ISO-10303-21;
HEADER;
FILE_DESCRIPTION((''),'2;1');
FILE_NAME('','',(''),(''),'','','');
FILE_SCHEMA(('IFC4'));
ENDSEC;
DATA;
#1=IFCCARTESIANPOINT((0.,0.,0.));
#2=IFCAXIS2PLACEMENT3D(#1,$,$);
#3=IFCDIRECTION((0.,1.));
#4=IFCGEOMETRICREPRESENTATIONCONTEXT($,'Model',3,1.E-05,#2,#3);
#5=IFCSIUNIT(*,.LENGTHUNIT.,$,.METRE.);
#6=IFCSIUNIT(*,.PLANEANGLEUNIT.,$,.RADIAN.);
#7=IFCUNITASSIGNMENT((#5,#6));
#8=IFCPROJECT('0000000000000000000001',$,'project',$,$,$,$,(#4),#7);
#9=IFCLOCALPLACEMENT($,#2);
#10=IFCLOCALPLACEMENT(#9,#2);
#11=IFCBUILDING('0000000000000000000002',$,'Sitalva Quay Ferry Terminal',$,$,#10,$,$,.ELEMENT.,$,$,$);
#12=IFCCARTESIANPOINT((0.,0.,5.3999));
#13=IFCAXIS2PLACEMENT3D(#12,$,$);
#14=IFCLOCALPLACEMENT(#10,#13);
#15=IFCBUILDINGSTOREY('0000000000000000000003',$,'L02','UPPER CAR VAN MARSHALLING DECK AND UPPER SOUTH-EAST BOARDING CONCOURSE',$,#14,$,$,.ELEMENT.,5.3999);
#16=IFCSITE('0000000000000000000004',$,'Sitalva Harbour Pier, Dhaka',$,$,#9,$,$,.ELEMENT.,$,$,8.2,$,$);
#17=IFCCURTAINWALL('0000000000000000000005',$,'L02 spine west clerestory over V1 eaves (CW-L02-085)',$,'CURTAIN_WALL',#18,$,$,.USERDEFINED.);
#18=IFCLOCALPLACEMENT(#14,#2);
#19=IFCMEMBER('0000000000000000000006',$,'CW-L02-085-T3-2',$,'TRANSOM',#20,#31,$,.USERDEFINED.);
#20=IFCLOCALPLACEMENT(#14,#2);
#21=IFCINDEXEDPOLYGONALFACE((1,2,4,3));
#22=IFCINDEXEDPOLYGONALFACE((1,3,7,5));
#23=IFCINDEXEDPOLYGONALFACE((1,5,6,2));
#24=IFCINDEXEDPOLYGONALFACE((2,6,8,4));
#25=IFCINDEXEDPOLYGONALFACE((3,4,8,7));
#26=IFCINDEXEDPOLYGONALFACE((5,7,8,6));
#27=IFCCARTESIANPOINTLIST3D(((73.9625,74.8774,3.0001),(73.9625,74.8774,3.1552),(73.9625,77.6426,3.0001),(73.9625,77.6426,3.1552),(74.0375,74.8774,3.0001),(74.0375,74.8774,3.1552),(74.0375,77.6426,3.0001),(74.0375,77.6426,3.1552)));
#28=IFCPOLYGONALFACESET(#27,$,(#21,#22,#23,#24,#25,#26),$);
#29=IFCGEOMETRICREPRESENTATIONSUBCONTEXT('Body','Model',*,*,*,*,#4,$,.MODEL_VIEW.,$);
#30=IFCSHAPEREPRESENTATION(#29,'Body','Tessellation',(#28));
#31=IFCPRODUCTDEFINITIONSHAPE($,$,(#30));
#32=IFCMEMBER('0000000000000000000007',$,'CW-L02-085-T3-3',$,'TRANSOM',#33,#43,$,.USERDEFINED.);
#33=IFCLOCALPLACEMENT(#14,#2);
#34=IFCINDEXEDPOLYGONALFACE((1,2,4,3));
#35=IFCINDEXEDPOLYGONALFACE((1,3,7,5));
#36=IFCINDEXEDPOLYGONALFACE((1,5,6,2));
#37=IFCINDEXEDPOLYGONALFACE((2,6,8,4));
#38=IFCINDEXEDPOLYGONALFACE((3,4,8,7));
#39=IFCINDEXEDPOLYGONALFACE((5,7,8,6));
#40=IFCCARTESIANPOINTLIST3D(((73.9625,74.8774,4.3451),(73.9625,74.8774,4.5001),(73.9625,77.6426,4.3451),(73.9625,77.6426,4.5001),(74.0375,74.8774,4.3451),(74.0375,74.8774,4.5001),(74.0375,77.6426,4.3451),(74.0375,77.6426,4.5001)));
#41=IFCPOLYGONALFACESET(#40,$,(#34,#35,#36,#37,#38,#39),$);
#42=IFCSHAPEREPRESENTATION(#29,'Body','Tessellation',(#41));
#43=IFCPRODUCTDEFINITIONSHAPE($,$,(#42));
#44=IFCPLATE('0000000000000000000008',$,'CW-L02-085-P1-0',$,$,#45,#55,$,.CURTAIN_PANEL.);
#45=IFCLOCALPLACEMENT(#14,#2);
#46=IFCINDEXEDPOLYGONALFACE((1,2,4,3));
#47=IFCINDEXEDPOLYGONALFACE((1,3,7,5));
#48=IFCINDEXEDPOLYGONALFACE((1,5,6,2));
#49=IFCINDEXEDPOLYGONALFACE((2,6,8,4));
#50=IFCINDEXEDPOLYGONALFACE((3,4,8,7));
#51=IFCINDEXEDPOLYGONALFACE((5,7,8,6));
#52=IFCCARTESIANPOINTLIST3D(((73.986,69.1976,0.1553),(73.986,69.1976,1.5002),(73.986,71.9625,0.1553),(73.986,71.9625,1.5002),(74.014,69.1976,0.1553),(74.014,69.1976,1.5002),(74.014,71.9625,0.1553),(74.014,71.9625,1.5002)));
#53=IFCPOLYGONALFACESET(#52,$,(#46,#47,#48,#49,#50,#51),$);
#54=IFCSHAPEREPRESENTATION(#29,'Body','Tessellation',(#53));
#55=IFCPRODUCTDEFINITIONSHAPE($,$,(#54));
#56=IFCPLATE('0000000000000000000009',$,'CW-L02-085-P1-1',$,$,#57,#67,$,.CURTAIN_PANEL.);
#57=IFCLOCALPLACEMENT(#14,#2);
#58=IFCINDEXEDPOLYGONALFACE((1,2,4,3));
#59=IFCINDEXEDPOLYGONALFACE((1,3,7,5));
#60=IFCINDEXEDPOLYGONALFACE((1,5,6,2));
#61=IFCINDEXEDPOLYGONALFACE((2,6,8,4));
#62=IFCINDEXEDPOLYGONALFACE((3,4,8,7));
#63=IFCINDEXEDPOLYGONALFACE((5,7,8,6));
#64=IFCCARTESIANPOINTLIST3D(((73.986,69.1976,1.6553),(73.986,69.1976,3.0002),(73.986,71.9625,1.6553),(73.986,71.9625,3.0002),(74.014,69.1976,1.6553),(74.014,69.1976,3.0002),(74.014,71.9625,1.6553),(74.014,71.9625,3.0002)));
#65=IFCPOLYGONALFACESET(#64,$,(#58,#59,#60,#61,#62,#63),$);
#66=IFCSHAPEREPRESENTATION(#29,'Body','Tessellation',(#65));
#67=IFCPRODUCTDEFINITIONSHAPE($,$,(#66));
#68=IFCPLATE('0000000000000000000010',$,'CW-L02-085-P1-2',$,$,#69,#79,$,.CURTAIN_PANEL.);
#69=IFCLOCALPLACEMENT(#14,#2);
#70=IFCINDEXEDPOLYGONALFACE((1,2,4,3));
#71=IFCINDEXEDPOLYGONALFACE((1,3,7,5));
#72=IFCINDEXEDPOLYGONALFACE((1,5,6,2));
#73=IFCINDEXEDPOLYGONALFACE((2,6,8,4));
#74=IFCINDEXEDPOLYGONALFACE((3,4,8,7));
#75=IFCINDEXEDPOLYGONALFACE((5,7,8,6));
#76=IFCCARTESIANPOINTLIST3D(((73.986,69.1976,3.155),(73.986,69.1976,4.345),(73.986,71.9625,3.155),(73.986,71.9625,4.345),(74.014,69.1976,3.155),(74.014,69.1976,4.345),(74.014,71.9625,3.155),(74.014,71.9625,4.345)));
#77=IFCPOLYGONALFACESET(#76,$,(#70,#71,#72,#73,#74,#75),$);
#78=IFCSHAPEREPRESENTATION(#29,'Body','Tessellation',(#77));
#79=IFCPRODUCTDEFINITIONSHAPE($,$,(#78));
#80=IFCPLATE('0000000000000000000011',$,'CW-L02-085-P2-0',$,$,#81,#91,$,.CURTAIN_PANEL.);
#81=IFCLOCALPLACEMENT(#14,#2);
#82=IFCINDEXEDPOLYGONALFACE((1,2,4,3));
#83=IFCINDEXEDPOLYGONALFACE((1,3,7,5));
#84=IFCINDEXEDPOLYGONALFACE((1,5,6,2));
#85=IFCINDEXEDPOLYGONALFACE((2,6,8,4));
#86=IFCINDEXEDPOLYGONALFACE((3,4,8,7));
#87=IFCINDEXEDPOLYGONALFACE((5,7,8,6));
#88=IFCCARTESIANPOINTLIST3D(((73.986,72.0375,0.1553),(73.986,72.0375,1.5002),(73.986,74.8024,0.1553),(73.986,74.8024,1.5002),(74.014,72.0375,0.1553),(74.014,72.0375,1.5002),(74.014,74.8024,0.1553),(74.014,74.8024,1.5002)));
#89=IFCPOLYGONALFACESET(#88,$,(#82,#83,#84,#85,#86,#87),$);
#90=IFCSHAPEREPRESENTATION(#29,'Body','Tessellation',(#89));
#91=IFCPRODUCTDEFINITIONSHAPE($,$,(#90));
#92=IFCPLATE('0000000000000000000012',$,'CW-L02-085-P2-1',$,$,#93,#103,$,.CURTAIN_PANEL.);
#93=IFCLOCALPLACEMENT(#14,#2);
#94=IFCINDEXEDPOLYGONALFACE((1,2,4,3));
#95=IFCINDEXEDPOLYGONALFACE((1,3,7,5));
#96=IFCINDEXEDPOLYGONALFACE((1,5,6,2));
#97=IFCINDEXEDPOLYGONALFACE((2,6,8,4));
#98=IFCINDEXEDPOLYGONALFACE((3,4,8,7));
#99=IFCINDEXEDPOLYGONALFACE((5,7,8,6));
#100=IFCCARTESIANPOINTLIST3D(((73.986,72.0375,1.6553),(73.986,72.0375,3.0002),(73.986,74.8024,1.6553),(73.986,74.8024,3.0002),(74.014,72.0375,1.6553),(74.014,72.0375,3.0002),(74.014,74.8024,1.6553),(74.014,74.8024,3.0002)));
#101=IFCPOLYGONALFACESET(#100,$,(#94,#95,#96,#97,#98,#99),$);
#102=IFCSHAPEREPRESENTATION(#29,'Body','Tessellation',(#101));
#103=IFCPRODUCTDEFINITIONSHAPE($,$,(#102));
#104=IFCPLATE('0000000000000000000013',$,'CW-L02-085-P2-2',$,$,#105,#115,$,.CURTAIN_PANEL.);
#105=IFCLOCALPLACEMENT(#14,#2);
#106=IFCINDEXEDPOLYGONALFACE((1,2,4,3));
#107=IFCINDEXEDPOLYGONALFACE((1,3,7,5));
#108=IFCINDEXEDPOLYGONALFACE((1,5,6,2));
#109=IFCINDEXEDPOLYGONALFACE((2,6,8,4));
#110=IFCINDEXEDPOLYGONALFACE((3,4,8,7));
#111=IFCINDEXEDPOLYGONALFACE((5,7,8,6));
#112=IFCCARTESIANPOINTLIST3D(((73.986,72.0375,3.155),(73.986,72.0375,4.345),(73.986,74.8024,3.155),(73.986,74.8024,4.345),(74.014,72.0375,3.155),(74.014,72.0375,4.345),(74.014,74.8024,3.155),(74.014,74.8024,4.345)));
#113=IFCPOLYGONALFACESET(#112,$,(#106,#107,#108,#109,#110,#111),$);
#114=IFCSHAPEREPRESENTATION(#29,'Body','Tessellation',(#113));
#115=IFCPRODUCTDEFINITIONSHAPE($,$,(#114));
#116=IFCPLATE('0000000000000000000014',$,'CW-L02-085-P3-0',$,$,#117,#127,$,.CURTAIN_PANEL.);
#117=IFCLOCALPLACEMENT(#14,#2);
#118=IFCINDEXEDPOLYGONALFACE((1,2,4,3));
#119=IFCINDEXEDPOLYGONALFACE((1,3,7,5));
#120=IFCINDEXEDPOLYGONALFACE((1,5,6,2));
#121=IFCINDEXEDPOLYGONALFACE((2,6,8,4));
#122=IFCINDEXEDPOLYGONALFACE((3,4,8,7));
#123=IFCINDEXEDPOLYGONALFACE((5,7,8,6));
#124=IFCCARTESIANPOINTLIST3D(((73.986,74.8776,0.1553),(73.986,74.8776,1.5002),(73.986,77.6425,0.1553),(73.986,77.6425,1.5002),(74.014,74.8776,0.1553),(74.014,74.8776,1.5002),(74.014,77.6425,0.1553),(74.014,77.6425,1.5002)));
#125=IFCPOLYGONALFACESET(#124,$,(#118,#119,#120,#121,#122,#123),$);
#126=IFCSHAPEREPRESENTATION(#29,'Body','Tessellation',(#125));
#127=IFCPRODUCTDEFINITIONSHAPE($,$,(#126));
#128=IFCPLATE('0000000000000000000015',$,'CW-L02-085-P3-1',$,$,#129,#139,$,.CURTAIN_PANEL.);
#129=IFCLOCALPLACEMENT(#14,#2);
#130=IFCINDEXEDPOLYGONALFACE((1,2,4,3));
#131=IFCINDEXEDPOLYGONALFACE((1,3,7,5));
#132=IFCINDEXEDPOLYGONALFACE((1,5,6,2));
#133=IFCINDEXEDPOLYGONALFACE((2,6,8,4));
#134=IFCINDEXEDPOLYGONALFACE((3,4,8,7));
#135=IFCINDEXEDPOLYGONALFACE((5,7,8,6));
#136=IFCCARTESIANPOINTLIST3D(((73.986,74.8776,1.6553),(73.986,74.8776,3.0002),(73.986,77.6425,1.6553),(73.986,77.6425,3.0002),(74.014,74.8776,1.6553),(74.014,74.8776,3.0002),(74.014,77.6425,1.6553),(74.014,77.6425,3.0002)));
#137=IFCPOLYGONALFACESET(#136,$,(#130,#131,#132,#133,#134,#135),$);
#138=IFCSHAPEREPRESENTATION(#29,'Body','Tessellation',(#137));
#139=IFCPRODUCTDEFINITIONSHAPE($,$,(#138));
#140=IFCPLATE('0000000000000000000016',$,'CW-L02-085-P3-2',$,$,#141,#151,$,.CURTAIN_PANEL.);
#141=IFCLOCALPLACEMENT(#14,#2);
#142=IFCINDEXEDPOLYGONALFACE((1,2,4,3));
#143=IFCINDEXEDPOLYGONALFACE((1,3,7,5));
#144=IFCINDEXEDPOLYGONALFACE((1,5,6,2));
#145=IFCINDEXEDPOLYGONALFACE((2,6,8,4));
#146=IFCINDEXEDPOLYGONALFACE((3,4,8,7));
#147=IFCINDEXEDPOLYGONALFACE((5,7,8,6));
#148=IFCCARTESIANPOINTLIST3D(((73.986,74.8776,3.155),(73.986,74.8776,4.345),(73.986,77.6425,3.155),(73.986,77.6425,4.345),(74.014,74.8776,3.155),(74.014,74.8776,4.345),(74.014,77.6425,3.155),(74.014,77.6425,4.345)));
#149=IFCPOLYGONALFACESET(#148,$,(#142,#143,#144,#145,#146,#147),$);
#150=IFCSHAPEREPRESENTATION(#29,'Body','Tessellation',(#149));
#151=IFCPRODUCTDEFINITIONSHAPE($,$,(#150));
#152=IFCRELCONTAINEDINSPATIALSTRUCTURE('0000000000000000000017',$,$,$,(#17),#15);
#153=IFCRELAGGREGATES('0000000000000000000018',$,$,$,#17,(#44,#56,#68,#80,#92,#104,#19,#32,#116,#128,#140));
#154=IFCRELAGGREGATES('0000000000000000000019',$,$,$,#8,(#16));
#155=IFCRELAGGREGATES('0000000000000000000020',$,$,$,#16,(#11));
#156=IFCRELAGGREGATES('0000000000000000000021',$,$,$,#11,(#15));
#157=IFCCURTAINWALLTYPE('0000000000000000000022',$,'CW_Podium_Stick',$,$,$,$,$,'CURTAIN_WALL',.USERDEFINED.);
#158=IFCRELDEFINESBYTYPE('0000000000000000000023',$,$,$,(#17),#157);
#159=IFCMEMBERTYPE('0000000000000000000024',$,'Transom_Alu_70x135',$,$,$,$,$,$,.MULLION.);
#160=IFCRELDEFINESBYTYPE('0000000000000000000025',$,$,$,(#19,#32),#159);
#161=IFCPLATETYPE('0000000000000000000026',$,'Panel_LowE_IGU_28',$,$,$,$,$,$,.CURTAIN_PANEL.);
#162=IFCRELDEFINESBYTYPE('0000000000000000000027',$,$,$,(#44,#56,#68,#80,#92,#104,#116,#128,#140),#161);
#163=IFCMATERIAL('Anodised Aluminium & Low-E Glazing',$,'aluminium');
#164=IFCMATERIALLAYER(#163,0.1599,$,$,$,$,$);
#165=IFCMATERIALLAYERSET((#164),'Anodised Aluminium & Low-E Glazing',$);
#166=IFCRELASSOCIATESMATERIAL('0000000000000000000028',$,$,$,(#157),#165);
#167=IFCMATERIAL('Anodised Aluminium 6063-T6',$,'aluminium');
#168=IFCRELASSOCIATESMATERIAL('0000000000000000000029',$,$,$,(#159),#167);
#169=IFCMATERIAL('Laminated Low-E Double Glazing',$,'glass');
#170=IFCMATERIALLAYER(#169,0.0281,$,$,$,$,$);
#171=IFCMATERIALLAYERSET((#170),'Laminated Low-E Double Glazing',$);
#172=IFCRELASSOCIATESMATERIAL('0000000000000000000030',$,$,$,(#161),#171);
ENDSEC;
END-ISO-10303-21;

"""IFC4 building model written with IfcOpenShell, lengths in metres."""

from ifc_helpers import new_model, si_unit, direction, frame, origin, origin_2d, place, context, subcontext, project, spatial, rectangle, extrude, material, layer, layer_set, material_profile, profile_set, type_object, element, aggregate, save


model = new_model("IFC4")

# Units and contexts
model_context = context("Model", 3, precision=1e-05, world=origin(), true_north=direction((0.0, 1.0)))
body_context = subcontext(model_context, "Body", "Model", "MODEL_VIEW")
ifc_project = project(units=[si_unit("LENGTHUNIT", "METRE"), si_unit("PLANEANGLEUNIT", "RADIAN")], contexts=[model_context])

# Site, building, storey
site_placement = place(None, origin())
site = spatial("IfcSite", under=ifc_project, at=site_placement, Name="Sitalva Harbour Pier, Dhaka", CompositionType="ELEMENT", RefElevation=8.2)
building_placement = place(site_placement, origin())
building = spatial("IfcBuilding", under=site, at=building_placement, Name="Sitalva Quay Ferry Terminal", CompositionType="ELEMENT")
storey_placement = place(building_placement, frame((0.0, 0.0, 5.3999)))
storey = spatial("IfcBuildingStorey", under=building, at=storey_placement, Name="L02", Description="UPPER CAR VAN MARSHALLING DECK AND UPPER SOUTH-EAST BOARDING CONCOURSE", CompositionType="ELEMENT", Elevation=5.3999)

# Curtain wall, members, plates
ifc_material_1 = material(Name="Anodised Aluminium & Low-E Glazing", Category="aluminium")
ifc_layer_1 = layer(ifc_material_1, 0.1599)
ifc_layer_set_1 = layer_set([ifc_layer_1], Name="Anodised Aluminium & Low-E Glazing")
curtain_wall_type = type_object("IfcCurtainWallType", Name="CW_Podium_Stick", ElementType="CURTAIN_WALL", PredefinedType="USERDEFINED", material=ifc_layer_set_1)
curtain_wall_placement = place(storey_placement, origin())
curtain_wall = element("IfcCurtainWall", 1, at=curtain_wall_placement, inside=storey, type_object=curtain_wall_type, Name="L02 spine west clerestory over V1 eaves (CW-L02-085)", ObjectType="CURTAIN_WALL", PredefinedType="USERDEFINED")
ifc_material_2 = material(Name="Anodised Aluminium 6063-T6", Category="aluminium")
ifc_material_profile_1 = material_profile(ifc_material_2, rectangle(XDim=0.075, YDim=0.155, at=origin_2d()), Name="ALU75x155")
ifc_profile_set_1 = profile_set([ifc_material_profile_1], Name="Anodised Aluminium 6063-T6")
member_type_1 = type_object("IfcMemberType", Name="Transom_Alu_70x135", PredefinedType="MULLION", material=ifc_profile_set_1)
member_1_placement = place(storey_placement, frame((74.0, 74.8774, 3.0776), z_axis=(0.0, 1.0, 0.0), x_axis=(-1.0, 0.0, 0.0)))
member_1 = element("IfcMember", 2, at=member_1_placement, type_object=member_type_1, Name="CW-L02-085-T3-2", ObjectType="TRANSOM", PredefinedType="USERDEFINED", context=body_context, shape_type="SweptSolid", body=[
    extrude(rectangle(XDim=0.075, YDim=0.155, at=origin_2d()), origin(), (0.0, 0.0, 1.0), 2.7651),
])
member_2_placement = place(storey_placement, frame((74.0, 74.8774, 4.4226), z_axis=(0.0, 1.0, 0.0), x_axis=(-1.0, 0.0, 0.0)))
member_2 = element("IfcMember", 3, at=member_2_placement, type_object=member_type_1, Name="CW-L02-085-T3-3", ObjectType="TRANSOM", PredefinedType="USERDEFINED", context=body_context, shape_type="SweptSolid", body=[
    extrude(rectangle(XDim=0.075, YDim=0.155, at=origin_2d()), origin(), (0.0, 0.0, 1.0), 2.7651),
])
ifc_material_3 = material(Name="Laminated Low-E Double Glazing", Category="glass")
ifc_layer_2 = layer(ifc_material_3, 0.0281)
ifc_layer_set_2 = layer_set([ifc_layer_2], Name="Laminated Low-E Double Glazing")
plate_type = type_object("IfcPlateType", Name="Panel_LowE_IGU_28", PredefinedType="CURTAIN_PANEL", material=ifc_layer_set_2)
plate_1_placement = place(storey_placement, frame((74.0, 70.5801, 0.1553), z_axis=(0.0, 0.0, 1.0), x_axis=(0.0, 1.0, 0.0)))
plate_1 = element("IfcPlate", 4, at=plate_1_placement, type_object=plate_type, Name="CW-L02-085-P1-0", PredefinedType="CURTAIN_PANEL", context=body_context, shape_type="SweptSolid", body=[
    extrude(rectangle(XDim=2.7649, YDim=0.0281, at=origin_2d()), origin(), (0.0, 0.0, 1.0), 1.345),
])
plate_2_placement = place(storey_placement, frame((74.0, 70.5801, 1.6553), z_axis=(0.0, 0.0, 1.0), x_axis=(0.0, 1.0, 0.0)))
plate_2 = element("IfcPlate", 5, at=plate_2_placement, type_object=plate_type, Name="CW-L02-085-P1-1", PredefinedType="CURTAIN_PANEL", context=body_context, shape_type="SweptSolid", body=[
    extrude(rectangle(XDim=2.7649, YDim=0.0281, at=origin_2d()), origin(), (0.0, 0.0, 1.0), 1.345),
])
plate_3_placement = place(storey_placement, frame((74.0, 70.5801, 3.155), z_axis=(0.0, 0.0, 1.0), x_axis=(0.0, 1.0, 0.0)))
plate_3 = element("IfcPlate", 6, at=plate_3_placement, type_object=plate_type, Name="CW-L02-085-P1-2", PredefinedType="CURTAIN_PANEL", context=body_context, shape_type="SweptSolid", body=[
    extrude(rectangle(XDim=2.7649, YDim=0.0281, at=origin_2d()), origin(), (0.0, 0.0, 1.0), 1.1899),
])
plate_4_placement = place(storey_placement, frame((74.0, 73.4199, 0.1553), z_axis=(0.0, 0.0, 1.0), x_axis=(0.0, 1.0, 0.0)))
plate_4 = element("IfcPlate", 7, at=plate_4_placement, type_object=plate_type, Name="CW-L02-085-P2-0", PredefinedType="CURTAIN_PANEL", context=body_context, shape_type="SweptSolid", body=[
    extrude(rectangle(XDim=2.7649, YDim=0.0281, at=origin_2d()), origin(), (0.0, 0.0, 1.0), 1.345),
])
plate_5_placement = place(storey_placement, frame((74.0, 73.4199, 1.6553), z_axis=(0.0, 0.0, 1.0), x_axis=(0.0, 1.0, 0.0)))
plate_5 = element("IfcPlate", 8, at=plate_5_placement, type_object=plate_type, Name="CW-L02-085-P2-1", PredefinedType="CURTAIN_PANEL", context=body_context, shape_type="SweptSolid", body=[
    extrude(rectangle(XDim=2.7649, YDim=0.0281, at=origin_2d()), origin(), (0.0, 0.0, 1.0), 1.345),
])
plate_6_placement = place(storey_placement, frame((74.0, 73.4199, 3.155), z_axis=(0.0, 0.0, 1.0), x_axis=(0.0, 1.0, 0.0)))
plate_6 = element("IfcPlate", 9, at=plate_6_placement, type_object=plate_type, Name="CW-L02-085-P2-2", PredefinedType="CURTAIN_PANEL", context=body_context, shape_type="SweptSolid", body=[
    extrude(rectangle(XDim=2.7649, YDim=0.0281, at=origin_2d()), origin(), (0.0, 0.0, 1.0), 1.1899),
])
plate_7_placement = place(storey_placement, frame((74.0, 76.26, 0.1553), z_axis=(0.0, 0.0, 1.0), x_axis=(0.0, 1.0, 0.0)))
plate_7 = element("IfcPlate", 10, at=plate_7_placement, type_object=plate_type, Name="CW-L02-085-P3-0", PredefinedType="CURTAIN_PANEL", context=body_context, shape_type="SweptSolid", body=[
    extrude(rectangle(XDim=2.7649, YDim=0.0281, at=origin_2d()), origin(), (0.0, 0.0, 1.0), 1.345),
])
plate_8_placement = place(storey_placement, frame((74.0, 76.26, 1.6553), z_axis=(0.0, 0.0, 1.0), x_axis=(0.0, 1.0, 0.0)))
plate_8 = element("IfcPlate", 11, at=plate_8_placement, type_object=plate_type, Name="CW-L02-085-P3-1", PredefinedType="CURTAIN_PANEL", context=body_context, shape_type="SweptSolid", body=[
    extrude(rectangle(XDim=2.7649, YDim=0.0281, at=origin_2d()), origin(), (0.0, 0.0, 1.0), 1.345),
])
plate_9_placement = place(storey_placement, frame((74.0, 76.26, 3.155), z_axis=(0.0, 0.0, 1.0), x_axis=(0.0, 1.0, 0.0)))
plate_9 = element("IfcPlate", 12, at=plate_9_placement, type_object=plate_type, Name="CW-L02-085-P3-2", PredefinedType="CURTAIN_PANEL", context=body_context, shape_type="SweptSolid", body=[
    extrude(rectangle(XDim=2.7649, YDim=0.0281, at=origin_2d()), origin(), (0.0, 0.0, 1.0), 1.1899),
])
aggregate(curtain_wall, [plate_1, plate_2, plate_3, plate_4, plate_5, plate_6, member_1, member_2, plate_7, plate_8, plate_9])

save(model, "model.ifc")
